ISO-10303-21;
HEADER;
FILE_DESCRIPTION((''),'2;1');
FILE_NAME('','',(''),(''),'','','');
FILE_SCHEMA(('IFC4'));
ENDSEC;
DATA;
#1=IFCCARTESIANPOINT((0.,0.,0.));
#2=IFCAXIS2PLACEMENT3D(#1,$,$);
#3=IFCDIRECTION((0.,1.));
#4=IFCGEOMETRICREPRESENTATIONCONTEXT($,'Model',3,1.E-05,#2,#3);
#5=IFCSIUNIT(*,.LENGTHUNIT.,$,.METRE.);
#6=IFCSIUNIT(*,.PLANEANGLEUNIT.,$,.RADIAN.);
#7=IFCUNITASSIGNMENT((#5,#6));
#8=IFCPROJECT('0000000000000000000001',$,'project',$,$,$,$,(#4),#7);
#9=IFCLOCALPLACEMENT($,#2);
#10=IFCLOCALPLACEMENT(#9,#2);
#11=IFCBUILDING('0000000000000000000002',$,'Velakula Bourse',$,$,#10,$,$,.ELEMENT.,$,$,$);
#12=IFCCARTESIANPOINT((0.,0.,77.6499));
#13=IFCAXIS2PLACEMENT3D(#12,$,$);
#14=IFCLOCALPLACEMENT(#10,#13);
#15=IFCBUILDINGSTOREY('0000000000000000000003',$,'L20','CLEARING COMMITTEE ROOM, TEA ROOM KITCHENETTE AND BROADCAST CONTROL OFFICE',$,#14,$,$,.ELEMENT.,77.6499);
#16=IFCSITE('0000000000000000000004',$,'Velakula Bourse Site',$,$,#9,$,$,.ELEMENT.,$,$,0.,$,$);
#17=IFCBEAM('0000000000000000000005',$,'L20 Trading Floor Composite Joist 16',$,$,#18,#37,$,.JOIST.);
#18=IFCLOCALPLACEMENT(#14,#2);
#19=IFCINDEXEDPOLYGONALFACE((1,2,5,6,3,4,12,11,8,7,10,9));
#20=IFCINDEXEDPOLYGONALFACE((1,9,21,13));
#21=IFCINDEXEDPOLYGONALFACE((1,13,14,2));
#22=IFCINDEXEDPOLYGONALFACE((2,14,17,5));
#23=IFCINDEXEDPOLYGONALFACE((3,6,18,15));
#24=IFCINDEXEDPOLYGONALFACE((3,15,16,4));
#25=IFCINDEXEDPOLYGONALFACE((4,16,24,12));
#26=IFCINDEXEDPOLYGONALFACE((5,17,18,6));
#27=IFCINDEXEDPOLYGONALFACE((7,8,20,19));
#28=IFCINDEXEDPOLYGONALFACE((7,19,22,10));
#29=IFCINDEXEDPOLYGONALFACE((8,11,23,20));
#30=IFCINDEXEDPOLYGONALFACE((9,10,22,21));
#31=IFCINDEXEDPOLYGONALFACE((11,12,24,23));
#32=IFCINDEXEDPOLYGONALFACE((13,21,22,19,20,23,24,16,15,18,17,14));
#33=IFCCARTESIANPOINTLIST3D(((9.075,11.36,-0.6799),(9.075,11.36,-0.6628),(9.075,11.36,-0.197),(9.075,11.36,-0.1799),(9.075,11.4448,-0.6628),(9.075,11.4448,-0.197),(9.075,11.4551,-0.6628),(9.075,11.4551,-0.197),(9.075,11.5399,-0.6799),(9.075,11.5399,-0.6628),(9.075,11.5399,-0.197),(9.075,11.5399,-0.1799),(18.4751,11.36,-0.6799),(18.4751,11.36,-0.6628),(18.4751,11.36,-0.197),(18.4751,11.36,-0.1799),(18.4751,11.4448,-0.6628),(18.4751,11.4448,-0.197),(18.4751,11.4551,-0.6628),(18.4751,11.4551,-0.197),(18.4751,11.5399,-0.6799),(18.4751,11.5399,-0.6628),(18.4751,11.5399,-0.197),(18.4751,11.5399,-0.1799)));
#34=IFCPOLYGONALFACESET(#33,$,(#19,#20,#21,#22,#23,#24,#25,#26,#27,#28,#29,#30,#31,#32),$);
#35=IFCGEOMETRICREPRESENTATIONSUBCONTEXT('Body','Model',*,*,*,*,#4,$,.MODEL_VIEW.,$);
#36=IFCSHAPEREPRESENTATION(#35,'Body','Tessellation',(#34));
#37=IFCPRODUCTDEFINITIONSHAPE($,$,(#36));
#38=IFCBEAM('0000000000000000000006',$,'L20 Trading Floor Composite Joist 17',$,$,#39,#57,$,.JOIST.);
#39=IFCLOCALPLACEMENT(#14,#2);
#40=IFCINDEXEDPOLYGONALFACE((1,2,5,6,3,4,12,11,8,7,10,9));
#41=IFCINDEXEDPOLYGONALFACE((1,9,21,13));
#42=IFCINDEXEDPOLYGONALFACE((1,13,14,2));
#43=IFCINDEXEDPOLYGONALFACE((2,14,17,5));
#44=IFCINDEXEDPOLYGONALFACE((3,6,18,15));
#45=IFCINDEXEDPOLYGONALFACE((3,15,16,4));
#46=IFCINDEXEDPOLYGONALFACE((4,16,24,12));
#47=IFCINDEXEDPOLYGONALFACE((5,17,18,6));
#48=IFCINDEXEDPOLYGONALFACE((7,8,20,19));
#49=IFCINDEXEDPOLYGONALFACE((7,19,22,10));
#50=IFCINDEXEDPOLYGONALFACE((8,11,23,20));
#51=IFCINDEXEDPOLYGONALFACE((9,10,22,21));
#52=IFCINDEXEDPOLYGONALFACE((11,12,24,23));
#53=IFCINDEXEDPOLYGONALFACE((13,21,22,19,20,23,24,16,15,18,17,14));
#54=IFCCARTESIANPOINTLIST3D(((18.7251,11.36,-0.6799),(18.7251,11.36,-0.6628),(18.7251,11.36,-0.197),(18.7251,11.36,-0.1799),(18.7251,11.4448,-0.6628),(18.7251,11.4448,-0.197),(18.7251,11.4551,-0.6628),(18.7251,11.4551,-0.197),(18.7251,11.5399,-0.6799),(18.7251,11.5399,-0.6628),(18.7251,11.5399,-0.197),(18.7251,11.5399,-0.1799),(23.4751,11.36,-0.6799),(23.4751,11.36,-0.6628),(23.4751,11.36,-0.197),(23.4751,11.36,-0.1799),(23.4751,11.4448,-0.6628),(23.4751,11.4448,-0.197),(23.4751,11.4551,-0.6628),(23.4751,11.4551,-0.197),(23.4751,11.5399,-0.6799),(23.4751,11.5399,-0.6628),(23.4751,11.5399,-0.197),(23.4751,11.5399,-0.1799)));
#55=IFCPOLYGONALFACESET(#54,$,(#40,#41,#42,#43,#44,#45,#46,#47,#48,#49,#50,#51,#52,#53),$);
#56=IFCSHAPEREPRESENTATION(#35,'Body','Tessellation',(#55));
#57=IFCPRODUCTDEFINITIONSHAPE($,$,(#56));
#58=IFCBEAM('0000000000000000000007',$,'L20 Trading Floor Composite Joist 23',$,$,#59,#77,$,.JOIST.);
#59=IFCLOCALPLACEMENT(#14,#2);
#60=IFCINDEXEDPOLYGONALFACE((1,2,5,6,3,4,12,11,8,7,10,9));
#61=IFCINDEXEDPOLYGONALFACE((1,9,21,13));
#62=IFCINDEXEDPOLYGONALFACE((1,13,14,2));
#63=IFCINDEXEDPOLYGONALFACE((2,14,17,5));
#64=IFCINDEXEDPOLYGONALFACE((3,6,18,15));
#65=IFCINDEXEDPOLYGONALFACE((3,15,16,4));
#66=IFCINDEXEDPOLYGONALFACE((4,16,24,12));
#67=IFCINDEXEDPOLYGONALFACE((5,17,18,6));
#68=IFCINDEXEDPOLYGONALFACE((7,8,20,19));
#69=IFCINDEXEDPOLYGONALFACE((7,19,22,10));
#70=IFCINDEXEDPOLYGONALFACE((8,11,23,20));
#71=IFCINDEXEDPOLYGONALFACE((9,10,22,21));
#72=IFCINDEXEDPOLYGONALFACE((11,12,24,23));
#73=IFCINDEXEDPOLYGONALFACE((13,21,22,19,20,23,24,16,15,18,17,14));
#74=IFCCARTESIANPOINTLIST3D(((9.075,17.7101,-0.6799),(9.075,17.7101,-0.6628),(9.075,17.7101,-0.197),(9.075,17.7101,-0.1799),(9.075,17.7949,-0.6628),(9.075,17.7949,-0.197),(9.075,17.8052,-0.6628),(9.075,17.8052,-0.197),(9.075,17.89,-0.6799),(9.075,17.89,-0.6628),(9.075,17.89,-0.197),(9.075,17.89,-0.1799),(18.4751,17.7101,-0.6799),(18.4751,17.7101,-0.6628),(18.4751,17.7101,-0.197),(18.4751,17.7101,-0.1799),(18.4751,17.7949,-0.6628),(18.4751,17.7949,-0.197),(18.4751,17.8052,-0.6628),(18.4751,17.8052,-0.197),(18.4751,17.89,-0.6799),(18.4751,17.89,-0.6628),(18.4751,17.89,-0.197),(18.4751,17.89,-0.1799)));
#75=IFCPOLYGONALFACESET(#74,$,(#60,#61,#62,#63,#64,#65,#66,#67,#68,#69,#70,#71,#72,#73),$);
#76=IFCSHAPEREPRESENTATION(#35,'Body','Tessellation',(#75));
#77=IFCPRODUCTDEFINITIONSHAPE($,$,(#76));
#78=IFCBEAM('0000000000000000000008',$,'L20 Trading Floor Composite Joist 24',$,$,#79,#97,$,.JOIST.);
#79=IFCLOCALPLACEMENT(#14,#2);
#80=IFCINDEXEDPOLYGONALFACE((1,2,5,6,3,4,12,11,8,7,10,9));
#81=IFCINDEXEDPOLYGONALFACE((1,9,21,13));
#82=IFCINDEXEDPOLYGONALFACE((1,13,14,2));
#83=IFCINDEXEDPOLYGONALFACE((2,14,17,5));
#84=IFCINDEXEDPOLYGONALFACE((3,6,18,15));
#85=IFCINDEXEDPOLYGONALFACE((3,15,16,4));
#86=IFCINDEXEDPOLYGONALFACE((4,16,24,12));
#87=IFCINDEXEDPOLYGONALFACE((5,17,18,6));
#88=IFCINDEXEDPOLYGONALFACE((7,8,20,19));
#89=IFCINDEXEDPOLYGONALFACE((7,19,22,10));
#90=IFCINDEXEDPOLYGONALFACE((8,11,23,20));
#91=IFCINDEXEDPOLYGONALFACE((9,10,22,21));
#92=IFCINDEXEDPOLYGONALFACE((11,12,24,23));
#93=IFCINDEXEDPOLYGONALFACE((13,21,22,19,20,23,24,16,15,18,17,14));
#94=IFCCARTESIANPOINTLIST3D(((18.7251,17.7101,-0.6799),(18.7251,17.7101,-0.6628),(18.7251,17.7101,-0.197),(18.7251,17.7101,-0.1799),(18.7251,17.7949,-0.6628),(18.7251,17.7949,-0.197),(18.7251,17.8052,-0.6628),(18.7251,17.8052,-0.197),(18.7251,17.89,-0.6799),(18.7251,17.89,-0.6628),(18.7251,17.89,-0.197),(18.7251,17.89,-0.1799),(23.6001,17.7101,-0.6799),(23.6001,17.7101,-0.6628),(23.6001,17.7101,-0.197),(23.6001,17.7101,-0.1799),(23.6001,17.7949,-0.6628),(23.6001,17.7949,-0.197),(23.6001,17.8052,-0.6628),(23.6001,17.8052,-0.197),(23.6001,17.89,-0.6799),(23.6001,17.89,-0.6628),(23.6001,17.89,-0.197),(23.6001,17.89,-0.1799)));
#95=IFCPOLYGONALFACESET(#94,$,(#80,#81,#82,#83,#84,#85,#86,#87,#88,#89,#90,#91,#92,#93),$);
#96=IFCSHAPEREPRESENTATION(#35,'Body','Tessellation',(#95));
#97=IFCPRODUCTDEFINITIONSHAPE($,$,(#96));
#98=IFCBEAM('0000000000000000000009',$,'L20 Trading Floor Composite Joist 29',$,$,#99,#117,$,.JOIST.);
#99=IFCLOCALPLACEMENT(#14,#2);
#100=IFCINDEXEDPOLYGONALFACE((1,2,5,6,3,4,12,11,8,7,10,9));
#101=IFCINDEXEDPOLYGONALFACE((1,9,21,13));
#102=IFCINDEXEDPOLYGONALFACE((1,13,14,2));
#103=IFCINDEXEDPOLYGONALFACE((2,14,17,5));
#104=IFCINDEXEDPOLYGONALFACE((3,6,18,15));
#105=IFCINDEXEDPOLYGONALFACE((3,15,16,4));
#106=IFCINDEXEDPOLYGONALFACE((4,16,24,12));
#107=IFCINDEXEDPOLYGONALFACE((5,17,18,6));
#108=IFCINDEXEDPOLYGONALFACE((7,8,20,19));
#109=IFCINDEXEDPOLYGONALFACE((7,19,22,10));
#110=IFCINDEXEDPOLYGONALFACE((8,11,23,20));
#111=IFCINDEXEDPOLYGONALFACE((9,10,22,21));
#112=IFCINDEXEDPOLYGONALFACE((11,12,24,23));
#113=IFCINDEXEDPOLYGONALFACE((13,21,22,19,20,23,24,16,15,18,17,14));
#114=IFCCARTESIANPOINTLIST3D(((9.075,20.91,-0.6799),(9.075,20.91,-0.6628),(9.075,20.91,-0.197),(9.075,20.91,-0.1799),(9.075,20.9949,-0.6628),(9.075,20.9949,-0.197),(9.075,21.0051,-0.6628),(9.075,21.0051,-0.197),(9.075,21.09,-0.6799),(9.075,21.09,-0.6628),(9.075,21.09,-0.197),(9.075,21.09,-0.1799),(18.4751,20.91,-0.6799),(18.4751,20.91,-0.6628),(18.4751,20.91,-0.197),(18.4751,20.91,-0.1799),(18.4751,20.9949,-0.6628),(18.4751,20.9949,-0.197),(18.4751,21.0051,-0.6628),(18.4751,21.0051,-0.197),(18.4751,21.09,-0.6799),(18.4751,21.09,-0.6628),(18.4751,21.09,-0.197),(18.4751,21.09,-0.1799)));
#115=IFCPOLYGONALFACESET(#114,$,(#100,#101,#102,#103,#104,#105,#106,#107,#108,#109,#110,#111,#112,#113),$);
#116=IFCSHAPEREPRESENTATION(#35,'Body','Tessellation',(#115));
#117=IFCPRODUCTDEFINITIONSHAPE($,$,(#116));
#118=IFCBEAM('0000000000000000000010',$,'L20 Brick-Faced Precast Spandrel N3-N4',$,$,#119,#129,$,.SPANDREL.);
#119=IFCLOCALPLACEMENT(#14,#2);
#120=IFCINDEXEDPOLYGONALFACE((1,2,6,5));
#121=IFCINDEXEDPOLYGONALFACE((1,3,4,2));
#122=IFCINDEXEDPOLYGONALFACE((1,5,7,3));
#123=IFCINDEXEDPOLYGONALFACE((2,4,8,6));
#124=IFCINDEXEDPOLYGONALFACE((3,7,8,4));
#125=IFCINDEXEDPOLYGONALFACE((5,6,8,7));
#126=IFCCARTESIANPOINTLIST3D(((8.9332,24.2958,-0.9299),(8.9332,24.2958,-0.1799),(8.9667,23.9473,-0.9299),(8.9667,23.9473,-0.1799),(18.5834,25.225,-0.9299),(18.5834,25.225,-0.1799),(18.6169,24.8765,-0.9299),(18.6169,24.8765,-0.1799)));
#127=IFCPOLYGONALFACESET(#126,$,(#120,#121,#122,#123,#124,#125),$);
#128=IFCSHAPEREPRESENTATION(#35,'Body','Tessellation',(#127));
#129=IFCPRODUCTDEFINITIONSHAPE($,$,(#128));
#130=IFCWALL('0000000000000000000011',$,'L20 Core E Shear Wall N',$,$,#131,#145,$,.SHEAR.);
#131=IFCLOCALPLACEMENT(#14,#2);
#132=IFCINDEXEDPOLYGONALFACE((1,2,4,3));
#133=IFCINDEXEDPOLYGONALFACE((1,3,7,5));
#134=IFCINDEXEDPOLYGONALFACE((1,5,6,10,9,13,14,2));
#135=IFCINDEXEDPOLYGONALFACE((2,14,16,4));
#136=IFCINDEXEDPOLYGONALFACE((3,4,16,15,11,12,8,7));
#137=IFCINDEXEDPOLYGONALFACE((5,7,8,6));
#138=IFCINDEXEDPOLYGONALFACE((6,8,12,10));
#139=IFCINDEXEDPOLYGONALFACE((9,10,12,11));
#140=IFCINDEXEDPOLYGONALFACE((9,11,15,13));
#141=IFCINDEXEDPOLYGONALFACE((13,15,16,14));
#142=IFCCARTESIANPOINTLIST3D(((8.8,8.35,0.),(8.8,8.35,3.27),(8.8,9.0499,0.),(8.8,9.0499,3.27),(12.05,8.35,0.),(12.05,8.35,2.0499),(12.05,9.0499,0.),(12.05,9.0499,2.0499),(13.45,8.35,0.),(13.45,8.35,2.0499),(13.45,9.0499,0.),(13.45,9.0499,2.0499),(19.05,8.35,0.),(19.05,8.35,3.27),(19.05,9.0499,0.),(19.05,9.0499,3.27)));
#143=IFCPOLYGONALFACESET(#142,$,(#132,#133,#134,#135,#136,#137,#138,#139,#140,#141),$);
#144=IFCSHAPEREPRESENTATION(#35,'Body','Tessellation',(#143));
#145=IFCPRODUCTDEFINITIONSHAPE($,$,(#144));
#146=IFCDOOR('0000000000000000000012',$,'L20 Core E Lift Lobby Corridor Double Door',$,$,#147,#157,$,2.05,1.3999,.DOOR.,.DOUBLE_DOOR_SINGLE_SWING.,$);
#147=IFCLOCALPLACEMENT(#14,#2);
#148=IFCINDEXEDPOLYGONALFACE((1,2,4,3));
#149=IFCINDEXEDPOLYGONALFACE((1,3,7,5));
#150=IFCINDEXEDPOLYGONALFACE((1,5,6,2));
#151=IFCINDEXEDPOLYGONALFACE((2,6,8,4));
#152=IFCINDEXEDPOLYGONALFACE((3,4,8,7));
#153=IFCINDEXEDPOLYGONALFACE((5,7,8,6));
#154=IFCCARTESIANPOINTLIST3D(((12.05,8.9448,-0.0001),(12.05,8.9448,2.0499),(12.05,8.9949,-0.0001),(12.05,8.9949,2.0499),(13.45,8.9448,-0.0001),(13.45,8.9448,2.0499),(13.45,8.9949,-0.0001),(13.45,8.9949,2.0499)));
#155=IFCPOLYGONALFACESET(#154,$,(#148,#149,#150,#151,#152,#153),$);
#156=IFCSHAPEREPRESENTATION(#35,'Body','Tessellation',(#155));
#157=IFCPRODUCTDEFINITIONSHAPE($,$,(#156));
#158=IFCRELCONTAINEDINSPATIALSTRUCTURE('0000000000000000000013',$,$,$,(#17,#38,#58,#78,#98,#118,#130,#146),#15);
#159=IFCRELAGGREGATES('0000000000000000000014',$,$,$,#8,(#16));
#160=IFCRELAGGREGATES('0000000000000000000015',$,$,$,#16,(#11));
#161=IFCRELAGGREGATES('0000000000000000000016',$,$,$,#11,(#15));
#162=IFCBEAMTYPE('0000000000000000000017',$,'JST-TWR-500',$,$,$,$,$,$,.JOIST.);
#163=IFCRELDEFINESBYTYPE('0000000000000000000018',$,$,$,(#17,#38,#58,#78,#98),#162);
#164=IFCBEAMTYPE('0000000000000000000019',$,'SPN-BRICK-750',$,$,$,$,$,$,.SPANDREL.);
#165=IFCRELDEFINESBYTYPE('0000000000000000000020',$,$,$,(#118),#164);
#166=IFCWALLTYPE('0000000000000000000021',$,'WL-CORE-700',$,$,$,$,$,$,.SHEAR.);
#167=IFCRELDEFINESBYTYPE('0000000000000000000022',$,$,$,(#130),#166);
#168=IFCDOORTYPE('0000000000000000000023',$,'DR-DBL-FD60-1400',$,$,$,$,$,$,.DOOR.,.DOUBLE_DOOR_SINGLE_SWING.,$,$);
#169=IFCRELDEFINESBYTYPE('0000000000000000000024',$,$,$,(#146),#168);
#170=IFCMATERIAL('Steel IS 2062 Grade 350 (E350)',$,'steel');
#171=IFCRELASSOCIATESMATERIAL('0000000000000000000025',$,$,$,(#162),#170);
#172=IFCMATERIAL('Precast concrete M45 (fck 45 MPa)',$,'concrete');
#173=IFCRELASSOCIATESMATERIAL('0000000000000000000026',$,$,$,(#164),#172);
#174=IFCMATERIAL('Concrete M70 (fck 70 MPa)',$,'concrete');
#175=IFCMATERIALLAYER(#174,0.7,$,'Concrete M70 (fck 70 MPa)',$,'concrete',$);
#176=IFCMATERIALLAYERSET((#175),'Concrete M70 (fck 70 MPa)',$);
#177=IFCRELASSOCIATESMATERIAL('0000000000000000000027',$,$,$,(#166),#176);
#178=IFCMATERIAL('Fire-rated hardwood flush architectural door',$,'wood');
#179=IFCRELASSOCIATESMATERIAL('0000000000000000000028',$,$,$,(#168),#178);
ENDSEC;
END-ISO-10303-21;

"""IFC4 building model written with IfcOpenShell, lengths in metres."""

from ifc_helpers import new_model, si_unit, direction, frame, frame_2d, origin, origin_2d, place, context, subcontext, project, spatial, rectangle, i_section, extrude, material, layer, layer_set, material_profile, profile_set, type_object, element, fill, save


model = new_model("IFC4")

# Units and contexts
model_context = context("Model", 3, precision=1e-05, world=origin(), true_north=direction((0.0, 1.0)))
body_context = subcontext(model_context, "Body", "Model", "MODEL_VIEW")
ifc_project = project(units=[si_unit("LENGTHUNIT", "METRE"), si_unit("PLANEANGLEUNIT", "RADIAN")], contexts=[model_context])

# Site, building, storey
site_placement = place(None, origin())
site = spatial("IfcSite", under=ifc_project, at=site_placement, Name="Velakula Bourse Site", CompositionType="ELEMENT", RefElevation=0.0)
building_placement = place(site_placement, origin())
building = spatial("IfcBuilding", under=site, at=building_placement, Name="Velakula Bourse", CompositionType="ELEMENT")
storey_placement = place(building_placement, frame((0.0, 0.0, 77.6499)))
storey = spatial("IfcBuildingStorey", under=building, at=storey_placement, Name="L20", Description="CLEARING COMMITTEE ROOM, TEA ROOM KITCHENETTE AND BROADCAST CONTROL OFFICE", CompositionType="ELEMENT", Elevation=77.6499)

# Beams
ifc_material_1 = material(Name="Steel IS 2062 Grade 350 (E350)", Category="steel")
ifc_material_profile_1 = material_profile(ifc_material_1, i_section(OverallWidth=0.1799, OverallDepth=0.5, WebThickness=0.0103, FlangeThickness=0.0171, at=origin_2d()), Name="Steel IS 2062 Grade 350 (E350)")
ifc_profile_set_1 = profile_set([ifc_material_profile_1], Name="Steel IS 2062 Grade 350 (E350)")
beam_type_1 = type_object("IfcBeamType", Name="JST-TWR-500", PredefinedType="JOIST", material=ifc_profile_set_1)
beam_1_placement = place(storey_placement, frame((9.075, 11.45, -0.4299), z_axis=(1.0, 0.0, 0.0), x_axis=(0.0, 1.0, 0.0)))
element("IfcBeam", 1, at=beam_1_placement, inside=storey, type_object=beam_type_1, Name="L20 Trading Floor Composite Joist 16", PredefinedType="JOIST", context=body_context, shape_type="SweptSolid", body=[
    extrude(i_section(OverallWidth=0.1799, OverallDepth=0.5, WebThickness=0.0103, FlangeThickness=0.0171, at=origin_2d()), origin(), (0.0, 0.0, 1.0), 9.4001),
])
beam_2_placement = place(storey_placement, frame((18.7251, 11.45, -0.4299), z_axis=(1.0, 0.0, 0.0), x_axis=(0.0, 1.0, 0.0)))
element("IfcBeam", 2, at=beam_2_placement, inside=storey, type_object=beam_type_1, Name="L20 Trading Floor Composite Joist 17", PredefinedType="JOIST", context=body_context, shape_type="SweptSolid", body=[
    extrude(i_section(OverallWidth=0.1799, OverallDepth=0.5, WebThickness=0.0103, FlangeThickness=0.0171, at=origin_2d()), origin(), (0.0, 0.0, 1.0), 4.75),
])
beam_3_placement = place(storey_placement, frame((9.075, 17.8, -0.4299), z_axis=(1.0, 0.0, 0.0), x_axis=(0.0, 1.0, 0.0)))
element("IfcBeam", 3, at=beam_3_placement, inside=storey, type_object=beam_type_1, Name="L20 Trading Floor Composite Joist 23", PredefinedType="JOIST", context=body_context, shape_type="SweptSolid", body=[
    extrude(i_section(OverallWidth=0.1799, OverallDepth=0.5, WebThickness=0.0103, FlangeThickness=0.0171, at=origin_2d()), origin(), (0.0, 0.0, 1.0), 9.4001),
])
beam_4_placement = place(storey_placement, frame((18.7251, 17.8, -0.4299), z_axis=(1.0, 0.0, 0.0), x_axis=(0.0, 1.0, 0.0)))
element("IfcBeam", 4, at=beam_4_placement, inside=storey, type_object=beam_type_1, Name="L20 Trading Floor Composite Joist 24", PredefinedType="JOIST", context=body_context, shape_type="SweptSolid", body=[
    extrude(i_section(OverallWidth=0.1799, OverallDepth=0.5, WebThickness=0.0103, FlangeThickness=0.0171, at=origin_2d()), origin(), (0.0, 0.0, 1.0), 4.875),
])
beam_5_placement = place(storey_placement, frame((9.075, 21.0, -0.4299), z_axis=(1.0, 0.0, 0.0), x_axis=(0.0, 1.0, 0.0)))
element("IfcBeam", 5, at=beam_5_placement, inside=storey, type_object=beam_type_1, Name="L20 Trading Floor Composite Joist 29", PredefinedType="JOIST", context=body_context, shape_type="SweptSolid", body=[
    extrude(i_section(OverallWidth=0.1799, OverallDepth=0.5, WebThickness=0.0103, FlangeThickness=0.0171, at=origin_2d()), origin(), (0.0, 0.0, 1.0), 9.4001),
])
ifc_material_2 = material(Name="Precast concrete M45 (fck 45 MPa)", Category="concrete")
ifc_material_profile_2 = material_profile(ifc_material_2, rectangle(XDim=0.3501, YDim=0.75, at=origin_2d()), Name="Precast concrete M45 (fck 45 MPa)")
ifc_profile_set_2 = profile_set([ifc_material_profile_2], Name="Precast concrete M45 (fck 45 MPa)")
beam_type_2 = type_object("IfcBeamType", Name="SPN-BRICK-750", PredefinedType="SPANDREL", material=ifc_profile_set_2)
beam_6_placement = place(storey_placement, frame((8.95, 24.1216, -0.5549), z_axis=(0.995396, 0.095845, 0.0), x_axis=(-0.095845, 0.995396, 0.0)))
element("IfcBeam", 6, at=beam_6_placement, inside=storey, type_object=beam_type_2, Name="L20 Brick-Faced Precast Spandrel N3-N4", PredefinedType="SPANDREL", context=body_context, shape_type="SweptSolid", body=[
    extrude(rectangle(XDim=0.3501, YDim=0.75, at=origin_2d()), origin(), (0.0, 0.0, 1.0), 9.6948),
])

# Wall, opening, door
ifc_material_3 = material(Name="Concrete M70 (fck 70 MPa)", Category="concrete")
ifc_layer_1 = layer(ifc_material_3, 0.7, Name="Concrete M70 (fck 70 MPa)", Category="concrete")
ifc_layer_set_1 = layer_set([ifc_layer_1], Name="Concrete M70 (fck 70 MPa)")
wall_type_1 = type_object("IfcWallType", Name="WL-CORE-700", PredefinedType="SHEAR", material=ifc_layer_set_1)
wall_1_placement = place(storey_placement, frame((8.8, 8.7, 0.0), z_axis=(0.0, 0.0, 1.0), x_axis=(1.0, 0.0, 0.0)))
wall_1 = element("IfcWall", 7, at=wall_1_placement, inside=storey, type_object=wall_type_1, Name="L20 Core E Shear Wall N", PredefinedType="SHEAR", context=body_context, shape_type="SweptSolid", body=[
    extrude(rectangle(XDim=10.25, YDim=0.7, at=frame_2d((5.125, 0.0))), origin(), (0.0, 0.0, 1.0), 3.27),
])
opening_1_placement = place(wall_1_placement, frame((3.25, 0.0, 0.0)))
opening_1 = element("IfcOpeningElement", 8, at=opening_1_placement, cuts=wall_1, PredefinedType="OPENING", context=body_context, shape_type="SweptSolid", body=[
    extrude(rectangle(XDim=1.3999, YDim=2.05, at=frame_2d((0.7, 1.0249))), frame((0.0, 0.3599, 0.0), z_axis=(0.0, -1.0, 0.0), x_axis=(1.0, 0.0, 0.0)), (0.0, 0.0, 1.0), 0.72),
])
ifc_material_4 = material(Name="Fire-rated hardwood flush architectural door", Category="wood")
door_type = type_object("IfcDoorType", Name="DR-DBL-FD60-1400", OperationType="DOUBLE_DOOR_SINGLE_SWING", PredefinedType="DOOR", material=ifc_material_4)
door_placement = place(opening_1_placement, origin())
door = element("IfcDoor", 9, at=door_placement, inside=storey, type_object=door_type, Name="L20 Core E Lift Lobby Corridor Double Door", OperationType="DOUBLE_DOOR_SINGLE_SWING", OverallHeight=2.05, OverallWidth=1.3999, PredefinedType="DOOR", context=body_context, shape_type="SweptSolid", body=[
    extrude(rectangle(XDim=1.3999, YDim=2.05, at=frame_2d((0.7, 1.0249))), frame((0.0, 0.2949, 0.0), z_axis=(0.0, -1.0, 0.0), x_axis=(1.0, 0.0, 0.0)), (0.0, 0.0, 1.0), 0.05),
])
fill(opening_1, door)

save(model, "model.ifc")
